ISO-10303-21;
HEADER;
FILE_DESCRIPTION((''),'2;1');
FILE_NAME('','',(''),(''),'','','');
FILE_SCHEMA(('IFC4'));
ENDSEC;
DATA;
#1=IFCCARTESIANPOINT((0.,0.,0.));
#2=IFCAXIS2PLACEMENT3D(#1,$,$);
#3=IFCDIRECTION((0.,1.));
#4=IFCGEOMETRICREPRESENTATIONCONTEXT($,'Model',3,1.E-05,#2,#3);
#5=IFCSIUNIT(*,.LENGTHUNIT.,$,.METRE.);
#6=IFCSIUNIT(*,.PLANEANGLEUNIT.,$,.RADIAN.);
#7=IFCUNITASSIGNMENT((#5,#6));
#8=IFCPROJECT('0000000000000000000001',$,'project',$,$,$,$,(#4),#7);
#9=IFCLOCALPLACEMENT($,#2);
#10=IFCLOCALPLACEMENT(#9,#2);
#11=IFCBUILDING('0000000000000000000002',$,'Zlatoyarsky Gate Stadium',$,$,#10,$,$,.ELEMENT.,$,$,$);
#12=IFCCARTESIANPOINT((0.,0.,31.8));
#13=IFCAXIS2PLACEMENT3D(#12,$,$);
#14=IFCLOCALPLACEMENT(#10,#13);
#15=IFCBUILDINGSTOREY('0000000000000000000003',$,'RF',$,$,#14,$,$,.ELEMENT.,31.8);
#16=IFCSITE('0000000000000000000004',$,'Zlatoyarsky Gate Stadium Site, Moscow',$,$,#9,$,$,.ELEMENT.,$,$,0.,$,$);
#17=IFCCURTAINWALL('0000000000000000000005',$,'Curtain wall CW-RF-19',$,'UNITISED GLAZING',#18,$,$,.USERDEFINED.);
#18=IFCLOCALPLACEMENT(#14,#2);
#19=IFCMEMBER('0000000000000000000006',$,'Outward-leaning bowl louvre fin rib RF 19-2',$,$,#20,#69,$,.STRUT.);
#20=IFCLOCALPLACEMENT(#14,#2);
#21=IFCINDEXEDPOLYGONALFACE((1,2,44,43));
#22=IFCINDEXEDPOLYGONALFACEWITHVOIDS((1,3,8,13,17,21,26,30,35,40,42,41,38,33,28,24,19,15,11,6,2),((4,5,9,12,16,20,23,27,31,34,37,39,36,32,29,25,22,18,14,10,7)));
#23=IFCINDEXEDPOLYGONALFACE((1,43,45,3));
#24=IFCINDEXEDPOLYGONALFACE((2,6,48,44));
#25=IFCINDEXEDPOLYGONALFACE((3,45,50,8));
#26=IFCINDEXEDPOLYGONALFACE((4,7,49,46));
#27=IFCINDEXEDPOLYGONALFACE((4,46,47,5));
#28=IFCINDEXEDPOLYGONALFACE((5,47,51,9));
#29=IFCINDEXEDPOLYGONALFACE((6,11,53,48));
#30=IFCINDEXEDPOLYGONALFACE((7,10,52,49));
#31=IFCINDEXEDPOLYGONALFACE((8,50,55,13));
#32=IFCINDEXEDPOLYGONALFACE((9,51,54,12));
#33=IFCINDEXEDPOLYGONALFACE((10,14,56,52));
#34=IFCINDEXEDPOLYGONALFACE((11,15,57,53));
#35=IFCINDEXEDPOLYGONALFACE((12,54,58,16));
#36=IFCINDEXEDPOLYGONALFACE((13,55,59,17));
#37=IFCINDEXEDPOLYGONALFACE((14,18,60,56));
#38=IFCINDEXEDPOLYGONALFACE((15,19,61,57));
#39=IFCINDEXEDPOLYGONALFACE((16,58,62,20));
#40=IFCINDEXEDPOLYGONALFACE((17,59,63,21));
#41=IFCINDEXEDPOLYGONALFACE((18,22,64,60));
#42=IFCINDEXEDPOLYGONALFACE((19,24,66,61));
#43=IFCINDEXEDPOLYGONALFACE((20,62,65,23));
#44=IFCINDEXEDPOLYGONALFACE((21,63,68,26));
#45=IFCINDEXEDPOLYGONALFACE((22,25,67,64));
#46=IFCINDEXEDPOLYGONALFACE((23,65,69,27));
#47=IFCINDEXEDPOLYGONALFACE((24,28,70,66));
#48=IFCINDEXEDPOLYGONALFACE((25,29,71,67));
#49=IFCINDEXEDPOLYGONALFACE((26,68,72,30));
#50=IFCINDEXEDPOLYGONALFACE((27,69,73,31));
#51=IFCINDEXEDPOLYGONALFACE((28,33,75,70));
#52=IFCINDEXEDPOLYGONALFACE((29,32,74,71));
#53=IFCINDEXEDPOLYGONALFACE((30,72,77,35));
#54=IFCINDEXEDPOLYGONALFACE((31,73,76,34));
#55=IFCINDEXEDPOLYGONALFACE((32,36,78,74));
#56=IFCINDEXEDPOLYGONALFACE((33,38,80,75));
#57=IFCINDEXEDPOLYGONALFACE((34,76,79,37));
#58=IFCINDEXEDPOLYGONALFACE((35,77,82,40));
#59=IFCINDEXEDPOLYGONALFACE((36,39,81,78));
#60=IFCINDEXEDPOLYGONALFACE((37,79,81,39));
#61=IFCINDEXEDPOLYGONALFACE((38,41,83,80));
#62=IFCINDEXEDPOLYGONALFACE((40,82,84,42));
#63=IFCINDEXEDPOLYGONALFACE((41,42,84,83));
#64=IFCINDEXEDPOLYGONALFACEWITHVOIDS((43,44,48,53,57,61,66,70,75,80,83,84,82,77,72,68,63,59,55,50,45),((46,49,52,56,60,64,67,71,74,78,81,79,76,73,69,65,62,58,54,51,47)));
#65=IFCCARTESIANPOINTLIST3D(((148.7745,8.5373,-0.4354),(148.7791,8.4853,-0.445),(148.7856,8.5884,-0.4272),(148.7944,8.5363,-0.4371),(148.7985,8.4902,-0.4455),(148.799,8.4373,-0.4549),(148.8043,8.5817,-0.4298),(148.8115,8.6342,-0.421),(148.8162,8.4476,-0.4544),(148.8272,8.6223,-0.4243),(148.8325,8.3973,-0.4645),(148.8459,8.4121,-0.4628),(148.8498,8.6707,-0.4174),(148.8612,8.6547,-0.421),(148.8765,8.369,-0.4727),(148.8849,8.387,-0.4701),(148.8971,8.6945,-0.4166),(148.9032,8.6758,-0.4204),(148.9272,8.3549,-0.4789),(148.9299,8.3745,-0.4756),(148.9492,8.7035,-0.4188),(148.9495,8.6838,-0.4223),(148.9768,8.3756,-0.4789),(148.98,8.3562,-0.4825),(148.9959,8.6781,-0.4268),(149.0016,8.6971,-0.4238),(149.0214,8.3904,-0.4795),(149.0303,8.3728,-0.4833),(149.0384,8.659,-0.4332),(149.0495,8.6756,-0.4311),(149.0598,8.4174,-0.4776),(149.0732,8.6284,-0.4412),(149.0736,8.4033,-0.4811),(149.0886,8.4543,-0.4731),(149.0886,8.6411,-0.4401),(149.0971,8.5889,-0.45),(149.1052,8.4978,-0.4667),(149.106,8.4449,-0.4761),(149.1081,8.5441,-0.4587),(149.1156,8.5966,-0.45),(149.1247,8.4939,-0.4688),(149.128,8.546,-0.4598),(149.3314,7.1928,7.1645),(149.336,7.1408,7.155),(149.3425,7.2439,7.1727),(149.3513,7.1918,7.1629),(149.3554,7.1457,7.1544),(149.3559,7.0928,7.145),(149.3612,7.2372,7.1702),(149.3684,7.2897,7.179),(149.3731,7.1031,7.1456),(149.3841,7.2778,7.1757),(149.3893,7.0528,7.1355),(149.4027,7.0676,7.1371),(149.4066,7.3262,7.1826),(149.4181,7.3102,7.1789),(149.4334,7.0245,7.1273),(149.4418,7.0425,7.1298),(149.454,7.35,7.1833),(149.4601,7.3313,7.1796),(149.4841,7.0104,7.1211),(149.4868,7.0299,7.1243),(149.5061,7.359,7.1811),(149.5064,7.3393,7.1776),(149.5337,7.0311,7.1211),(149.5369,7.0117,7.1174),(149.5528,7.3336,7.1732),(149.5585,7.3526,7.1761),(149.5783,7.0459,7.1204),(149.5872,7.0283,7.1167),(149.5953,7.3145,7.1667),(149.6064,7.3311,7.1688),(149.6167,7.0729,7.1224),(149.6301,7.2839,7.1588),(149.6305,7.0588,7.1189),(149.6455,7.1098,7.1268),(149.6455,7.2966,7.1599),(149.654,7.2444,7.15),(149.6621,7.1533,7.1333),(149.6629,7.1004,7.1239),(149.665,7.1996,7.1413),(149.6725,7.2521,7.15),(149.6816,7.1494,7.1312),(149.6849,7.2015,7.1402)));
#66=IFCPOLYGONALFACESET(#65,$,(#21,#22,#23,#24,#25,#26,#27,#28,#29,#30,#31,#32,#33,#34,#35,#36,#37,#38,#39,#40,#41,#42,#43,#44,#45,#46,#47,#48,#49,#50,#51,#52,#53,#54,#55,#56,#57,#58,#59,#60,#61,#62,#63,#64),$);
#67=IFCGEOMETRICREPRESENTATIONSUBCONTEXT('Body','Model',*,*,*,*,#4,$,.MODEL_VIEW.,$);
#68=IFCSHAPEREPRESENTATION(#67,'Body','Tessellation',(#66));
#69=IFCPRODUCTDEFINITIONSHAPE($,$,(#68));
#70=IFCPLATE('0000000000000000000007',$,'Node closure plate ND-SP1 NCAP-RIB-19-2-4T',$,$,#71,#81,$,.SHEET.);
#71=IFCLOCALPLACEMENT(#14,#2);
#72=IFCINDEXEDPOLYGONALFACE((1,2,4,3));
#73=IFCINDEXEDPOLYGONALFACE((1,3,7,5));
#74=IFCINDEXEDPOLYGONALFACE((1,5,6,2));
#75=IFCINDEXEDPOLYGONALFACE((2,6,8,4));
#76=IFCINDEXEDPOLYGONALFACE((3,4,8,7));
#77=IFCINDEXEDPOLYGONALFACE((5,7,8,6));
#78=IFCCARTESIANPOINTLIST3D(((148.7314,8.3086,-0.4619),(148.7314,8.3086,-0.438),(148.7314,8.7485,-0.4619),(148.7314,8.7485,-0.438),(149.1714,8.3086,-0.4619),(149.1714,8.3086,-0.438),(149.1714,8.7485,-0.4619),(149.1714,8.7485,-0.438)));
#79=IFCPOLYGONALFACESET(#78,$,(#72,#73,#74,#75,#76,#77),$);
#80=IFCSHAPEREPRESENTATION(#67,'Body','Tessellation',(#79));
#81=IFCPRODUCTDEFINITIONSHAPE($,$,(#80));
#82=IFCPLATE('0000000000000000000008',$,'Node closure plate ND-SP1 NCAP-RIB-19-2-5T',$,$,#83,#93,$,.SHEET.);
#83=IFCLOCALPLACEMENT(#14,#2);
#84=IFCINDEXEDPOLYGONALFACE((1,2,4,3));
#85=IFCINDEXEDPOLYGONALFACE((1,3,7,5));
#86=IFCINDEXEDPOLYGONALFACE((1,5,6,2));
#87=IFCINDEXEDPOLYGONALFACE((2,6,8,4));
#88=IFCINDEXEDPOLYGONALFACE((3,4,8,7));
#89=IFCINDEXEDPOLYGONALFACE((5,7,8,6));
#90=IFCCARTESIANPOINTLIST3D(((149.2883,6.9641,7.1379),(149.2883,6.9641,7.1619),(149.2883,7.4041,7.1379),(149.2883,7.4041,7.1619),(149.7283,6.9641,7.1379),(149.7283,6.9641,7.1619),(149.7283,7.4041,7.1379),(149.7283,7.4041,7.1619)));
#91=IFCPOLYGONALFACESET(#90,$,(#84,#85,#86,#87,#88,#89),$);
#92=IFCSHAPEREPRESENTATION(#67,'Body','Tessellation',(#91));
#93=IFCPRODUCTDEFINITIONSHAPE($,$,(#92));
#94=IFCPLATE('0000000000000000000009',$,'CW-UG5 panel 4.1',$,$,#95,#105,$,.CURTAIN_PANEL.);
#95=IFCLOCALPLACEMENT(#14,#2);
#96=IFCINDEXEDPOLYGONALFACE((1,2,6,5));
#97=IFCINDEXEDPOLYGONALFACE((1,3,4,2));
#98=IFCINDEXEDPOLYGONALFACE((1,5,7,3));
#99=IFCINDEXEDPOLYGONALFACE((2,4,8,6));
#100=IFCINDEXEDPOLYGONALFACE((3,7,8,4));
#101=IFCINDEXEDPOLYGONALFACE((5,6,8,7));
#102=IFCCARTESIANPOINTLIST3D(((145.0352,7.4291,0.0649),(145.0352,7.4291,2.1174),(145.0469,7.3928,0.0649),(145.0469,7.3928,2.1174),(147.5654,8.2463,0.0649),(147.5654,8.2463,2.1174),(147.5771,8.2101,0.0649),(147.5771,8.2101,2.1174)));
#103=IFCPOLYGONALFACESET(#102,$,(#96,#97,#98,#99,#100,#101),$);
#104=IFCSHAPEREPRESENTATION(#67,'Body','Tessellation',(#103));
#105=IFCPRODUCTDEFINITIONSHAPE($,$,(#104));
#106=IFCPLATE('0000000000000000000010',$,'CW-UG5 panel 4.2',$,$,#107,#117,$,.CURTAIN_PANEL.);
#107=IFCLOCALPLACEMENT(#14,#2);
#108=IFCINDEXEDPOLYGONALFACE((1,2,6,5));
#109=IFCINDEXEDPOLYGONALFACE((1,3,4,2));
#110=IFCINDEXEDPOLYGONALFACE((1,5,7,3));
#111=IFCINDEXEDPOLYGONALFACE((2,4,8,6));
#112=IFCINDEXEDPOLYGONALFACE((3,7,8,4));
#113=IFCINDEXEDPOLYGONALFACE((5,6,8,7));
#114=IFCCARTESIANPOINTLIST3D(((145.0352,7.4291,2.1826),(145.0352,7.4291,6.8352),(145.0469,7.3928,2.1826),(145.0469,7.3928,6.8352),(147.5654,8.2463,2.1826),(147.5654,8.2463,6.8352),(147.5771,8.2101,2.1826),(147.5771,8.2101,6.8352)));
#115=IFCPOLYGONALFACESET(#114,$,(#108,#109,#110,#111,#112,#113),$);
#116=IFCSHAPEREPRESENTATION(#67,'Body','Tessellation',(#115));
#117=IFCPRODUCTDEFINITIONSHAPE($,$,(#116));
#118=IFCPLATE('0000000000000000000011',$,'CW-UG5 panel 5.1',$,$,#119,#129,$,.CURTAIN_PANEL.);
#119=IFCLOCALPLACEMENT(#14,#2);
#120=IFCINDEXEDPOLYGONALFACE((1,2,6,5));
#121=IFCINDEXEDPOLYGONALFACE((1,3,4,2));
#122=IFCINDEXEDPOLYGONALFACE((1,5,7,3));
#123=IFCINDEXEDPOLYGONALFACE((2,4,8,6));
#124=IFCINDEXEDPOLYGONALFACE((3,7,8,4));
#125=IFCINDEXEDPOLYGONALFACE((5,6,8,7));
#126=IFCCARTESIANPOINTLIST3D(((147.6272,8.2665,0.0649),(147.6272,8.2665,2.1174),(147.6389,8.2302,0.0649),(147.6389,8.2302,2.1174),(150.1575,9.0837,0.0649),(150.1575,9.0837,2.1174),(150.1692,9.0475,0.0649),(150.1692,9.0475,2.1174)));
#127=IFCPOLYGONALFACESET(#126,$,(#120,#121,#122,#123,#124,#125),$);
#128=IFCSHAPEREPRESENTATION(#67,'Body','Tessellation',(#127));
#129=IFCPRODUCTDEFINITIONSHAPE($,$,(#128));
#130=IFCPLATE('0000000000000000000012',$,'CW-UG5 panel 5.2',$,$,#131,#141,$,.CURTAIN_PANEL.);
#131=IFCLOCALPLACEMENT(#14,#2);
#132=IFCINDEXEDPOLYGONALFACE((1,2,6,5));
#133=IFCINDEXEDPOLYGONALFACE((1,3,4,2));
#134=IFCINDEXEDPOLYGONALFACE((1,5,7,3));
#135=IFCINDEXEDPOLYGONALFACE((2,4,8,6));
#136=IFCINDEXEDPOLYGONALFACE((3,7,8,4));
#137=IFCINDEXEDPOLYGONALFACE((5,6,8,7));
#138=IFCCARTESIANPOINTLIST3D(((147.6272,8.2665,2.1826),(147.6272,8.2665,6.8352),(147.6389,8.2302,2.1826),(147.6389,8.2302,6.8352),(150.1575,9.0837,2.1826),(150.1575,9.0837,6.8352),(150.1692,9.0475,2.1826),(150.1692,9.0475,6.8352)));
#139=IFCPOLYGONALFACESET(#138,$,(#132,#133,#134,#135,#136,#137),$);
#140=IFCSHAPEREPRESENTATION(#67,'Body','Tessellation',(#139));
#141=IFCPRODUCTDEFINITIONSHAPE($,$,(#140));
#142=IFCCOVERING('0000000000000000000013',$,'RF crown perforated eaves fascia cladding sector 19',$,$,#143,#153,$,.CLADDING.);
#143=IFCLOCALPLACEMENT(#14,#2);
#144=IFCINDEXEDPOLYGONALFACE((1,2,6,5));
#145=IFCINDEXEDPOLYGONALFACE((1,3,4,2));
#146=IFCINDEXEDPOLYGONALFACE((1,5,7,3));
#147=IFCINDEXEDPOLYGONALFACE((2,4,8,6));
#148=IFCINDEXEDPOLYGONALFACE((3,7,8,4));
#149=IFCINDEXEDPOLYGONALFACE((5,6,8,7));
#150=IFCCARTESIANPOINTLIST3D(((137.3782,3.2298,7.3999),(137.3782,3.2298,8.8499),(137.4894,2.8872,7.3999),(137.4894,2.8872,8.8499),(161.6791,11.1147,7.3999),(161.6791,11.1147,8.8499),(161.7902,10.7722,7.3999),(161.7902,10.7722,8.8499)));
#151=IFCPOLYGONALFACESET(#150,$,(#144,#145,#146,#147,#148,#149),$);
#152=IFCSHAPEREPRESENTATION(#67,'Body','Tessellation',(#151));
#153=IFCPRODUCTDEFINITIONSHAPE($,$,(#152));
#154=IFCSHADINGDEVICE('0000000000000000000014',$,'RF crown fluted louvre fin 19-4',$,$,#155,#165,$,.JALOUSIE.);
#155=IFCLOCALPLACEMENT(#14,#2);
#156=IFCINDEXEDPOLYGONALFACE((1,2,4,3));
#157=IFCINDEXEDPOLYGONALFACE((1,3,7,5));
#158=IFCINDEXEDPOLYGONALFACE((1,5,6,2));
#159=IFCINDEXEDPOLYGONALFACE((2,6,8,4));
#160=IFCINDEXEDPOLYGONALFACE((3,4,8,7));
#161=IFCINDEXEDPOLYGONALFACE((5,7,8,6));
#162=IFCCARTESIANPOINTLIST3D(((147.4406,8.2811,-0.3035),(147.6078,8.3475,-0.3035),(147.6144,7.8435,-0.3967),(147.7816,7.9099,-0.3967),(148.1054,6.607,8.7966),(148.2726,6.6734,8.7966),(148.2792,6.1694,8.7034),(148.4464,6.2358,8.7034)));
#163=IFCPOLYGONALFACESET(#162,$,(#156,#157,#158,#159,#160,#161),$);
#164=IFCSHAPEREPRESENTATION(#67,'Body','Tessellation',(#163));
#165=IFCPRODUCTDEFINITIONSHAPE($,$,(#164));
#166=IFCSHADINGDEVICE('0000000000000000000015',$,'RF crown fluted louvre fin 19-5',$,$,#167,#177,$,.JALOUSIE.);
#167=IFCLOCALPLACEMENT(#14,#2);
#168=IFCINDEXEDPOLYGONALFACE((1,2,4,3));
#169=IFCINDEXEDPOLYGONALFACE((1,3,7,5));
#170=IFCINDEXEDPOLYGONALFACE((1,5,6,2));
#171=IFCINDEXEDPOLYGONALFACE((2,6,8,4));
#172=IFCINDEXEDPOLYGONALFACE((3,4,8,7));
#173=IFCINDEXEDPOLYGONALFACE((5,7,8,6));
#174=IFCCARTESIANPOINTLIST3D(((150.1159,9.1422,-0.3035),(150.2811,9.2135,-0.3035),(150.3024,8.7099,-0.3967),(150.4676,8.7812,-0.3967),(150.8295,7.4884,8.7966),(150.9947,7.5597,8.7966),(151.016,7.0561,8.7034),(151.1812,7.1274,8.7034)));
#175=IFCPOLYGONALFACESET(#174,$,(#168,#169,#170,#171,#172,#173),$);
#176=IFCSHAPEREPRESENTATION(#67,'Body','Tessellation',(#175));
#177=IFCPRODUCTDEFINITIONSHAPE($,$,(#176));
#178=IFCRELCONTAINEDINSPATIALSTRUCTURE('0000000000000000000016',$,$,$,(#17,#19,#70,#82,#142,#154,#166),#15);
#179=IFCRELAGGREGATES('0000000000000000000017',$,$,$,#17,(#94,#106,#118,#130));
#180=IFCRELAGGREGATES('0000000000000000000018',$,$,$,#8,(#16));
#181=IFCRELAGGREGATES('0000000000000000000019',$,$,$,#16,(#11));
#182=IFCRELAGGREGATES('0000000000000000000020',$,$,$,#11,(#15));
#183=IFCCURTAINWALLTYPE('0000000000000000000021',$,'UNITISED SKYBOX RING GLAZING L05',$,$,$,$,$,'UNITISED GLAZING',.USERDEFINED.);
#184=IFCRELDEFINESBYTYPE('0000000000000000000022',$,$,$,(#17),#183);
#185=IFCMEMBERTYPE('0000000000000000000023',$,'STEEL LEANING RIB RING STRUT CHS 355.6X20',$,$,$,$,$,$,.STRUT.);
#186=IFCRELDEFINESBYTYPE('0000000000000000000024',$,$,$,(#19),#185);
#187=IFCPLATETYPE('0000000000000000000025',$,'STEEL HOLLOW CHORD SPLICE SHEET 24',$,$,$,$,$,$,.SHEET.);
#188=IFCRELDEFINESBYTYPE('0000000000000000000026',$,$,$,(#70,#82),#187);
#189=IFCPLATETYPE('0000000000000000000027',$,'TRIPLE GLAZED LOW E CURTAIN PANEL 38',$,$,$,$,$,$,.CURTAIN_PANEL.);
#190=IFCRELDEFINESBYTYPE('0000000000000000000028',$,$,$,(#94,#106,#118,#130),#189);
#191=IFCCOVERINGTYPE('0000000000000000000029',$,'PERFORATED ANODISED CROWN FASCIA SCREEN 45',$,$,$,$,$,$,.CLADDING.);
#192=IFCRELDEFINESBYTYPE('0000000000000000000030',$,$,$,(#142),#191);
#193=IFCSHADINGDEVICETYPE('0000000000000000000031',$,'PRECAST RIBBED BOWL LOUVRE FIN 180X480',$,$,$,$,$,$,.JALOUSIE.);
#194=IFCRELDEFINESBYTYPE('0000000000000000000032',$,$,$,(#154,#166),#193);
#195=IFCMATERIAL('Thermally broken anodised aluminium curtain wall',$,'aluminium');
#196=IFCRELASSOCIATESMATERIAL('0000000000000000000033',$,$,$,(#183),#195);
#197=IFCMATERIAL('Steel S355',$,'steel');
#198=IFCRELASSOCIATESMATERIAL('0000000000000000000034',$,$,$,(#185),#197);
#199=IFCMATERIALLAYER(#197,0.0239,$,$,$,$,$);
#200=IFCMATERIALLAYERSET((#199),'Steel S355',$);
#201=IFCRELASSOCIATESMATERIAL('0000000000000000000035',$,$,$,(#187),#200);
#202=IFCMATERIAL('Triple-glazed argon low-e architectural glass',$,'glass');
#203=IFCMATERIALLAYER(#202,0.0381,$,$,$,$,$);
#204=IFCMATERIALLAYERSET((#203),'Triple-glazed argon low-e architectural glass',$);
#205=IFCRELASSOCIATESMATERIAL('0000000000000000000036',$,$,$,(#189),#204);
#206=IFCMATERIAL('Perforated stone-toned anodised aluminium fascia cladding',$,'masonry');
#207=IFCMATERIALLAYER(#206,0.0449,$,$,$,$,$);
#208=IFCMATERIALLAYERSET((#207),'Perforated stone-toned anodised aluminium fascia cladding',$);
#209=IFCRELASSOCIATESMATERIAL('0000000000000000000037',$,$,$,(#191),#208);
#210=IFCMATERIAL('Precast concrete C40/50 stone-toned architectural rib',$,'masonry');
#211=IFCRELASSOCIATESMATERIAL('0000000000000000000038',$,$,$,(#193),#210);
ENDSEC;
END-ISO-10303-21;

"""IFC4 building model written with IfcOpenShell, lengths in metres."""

from ifc_helpers import new_model, si_unit, direction, frame, origin, origin_2d, place, context, subcontext, project, spatial, rectangle, hollow_circle, extrude, material, layer, layer_set, material_profile, profile_set, type_object, element, aggregate, save


model = new_model("IFC4")

# Units and contexts
model_context = context("Model", 3, precision=1e-05, world=origin(), true_north=direction((0.0, 1.0)))
body_context = subcontext(model_context, "Body", "Model", "MODEL_VIEW")
ifc_project = project(units=[si_unit("LENGTHUNIT", "METRE"), si_unit("PLANEANGLEUNIT", "RADIAN")], contexts=[model_context])

# Site, building, storey
site_placement = place(None, origin())
site = spatial("IfcSite", under=ifc_project, at=site_placement, Name="Zlatoyarsky Gate Stadium Site, Moscow", CompositionType="ELEMENT", RefElevation=0.0)
building_placement = place(site_placement, origin())
building = spatial("IfcBuilding", under=site, at=building_placement, Name="Zlatoyarsky Gate Stadium", CompositionType="ELEMENT")
storey_placement = place(building_placement, frame((0.0, 0.0, 31.8)))
storey = spatial("IfcBuildingStorey", under=building, at=storey_placement, Name="RF", CompositionType="ELEMENT", Elevation=31.8)

# Curtain wall
ifc_material_1 = material(Name="Thermally broken anodised aluminium curtain wall", Category="aluminium")
curtain_wall_type = type_object("IfcCurtainWallType", Name="UNITISED SKYBOX RING GLAZING L05", ElementType="UNITISED GLAZING", PredefinedType="USERDEFINED", material=ifc_material_1)
curtain_wall_placement = place(storey_placement, origin())
curtain_wall = element("IfcCurtainWall", 1, at=curtain_wall_placement, inside=storey, type_object=curtain_wall_type, Name="Curtain wall CW-RF-19", ObjectType="UNITISED GLAZING", PredefinedType="USERDEFINED")

# Member
ifc_material_2 = material(Name="Steel S355", Category="steel")
ifc_material_profile_1 = material_profile(ifc_material_2, hollow_circle(Radius=0.1777, WallThickness=0.02, at=origin_2d()), Name="CHS 355.6X20")
ifc_profile_set_1 = profile_set([ifc_material_profile_1], Name="Steel S355")
member_type_1 = type_object("IfcMemberType", Name="STEEL LEANING RIB RING STRUT CHS 355.6X20", PredefinedType="STRUT", material=ifc_profile_set_1)
member_1_placement = place(storey_placement, frame((148.9514, 8.5286, -0.45), z_axis=(0.071968, -0.173752, 0.982156), x_axis=(0.923884, 0.382673, 0.0)))
element("IfcMember", 2, at=member_1_placement, inside=storey, type_object=member_type_1, Name="Outward-leaning bowl louvre fin rib RF 19-2", PredefinedType="STRUT", context=body_context, shape_type="SweptSolid", body=[
    extrude(hollow_circle(Radius=0.1777, WallThickness=0.02, at=origin_2d()), origin(), (0.0, 0.0, 1.0), 7.738),
])

# Plates
ifc_layer_1 = layer(ifc_material_2, 0.0239)
ifc_layer_set_1 = layer_set([ifc_layer_1], Name="Steel S355")
plate_type_1 = type_object("IfcPlateType", Name="STEEL HOLLOW CHORD SPLICE SHEET 24", PredefinedType="SHEET", material=ifc_layer_set_1)
for number, where, z_axis, x_axis, name in (
    (3, (148.9514, 8.5286, -0.4619), (0.0, 0.0, 1.0), (1.0, 0.0, 0.0), "Node closure plate ND-SP1 NCAP-RIB-19-2-4T"),
    (4, (149.5083, 7.1841, 7.1379), (0.0, 0.0, 1.0), (1.0, 0.0, 0.0), "Node closure plate ND-SP1 NCAP-RIB-19-2-5T"),
):
    element("IfcPlate", number, at=place(storey_placement, frame(where, z_axis=z_axis, x_axis=x_axis)), inside=storey, type_object=plate_type_1, Name=name, PredefinedType="SHEET", context=body_context, shape_type="SweptSolid", body=[
        extrude(rectangle(XDim=0.4399, YDim=0.4399, at=origin_2d()), origin(), (0.0, 0.0, 1.0), 0.0239),
    ])

# Plates
ifc_material_3 = material(Name="Triple-glazed argon low-e architectural glass", Category="glass")
ifc_layer_2 = layer(ifc_material_3, 0.0381)
ifc_layer_set_2 = layer_set([ifc_layer_2], Name="Triple-glazed argon low-e architectural glass")
plate_type_2 = type_object("IfcPlateType", Name="TRIPLE GLAZED LOW E CURTAIN PANEL 38", PredefinedType="CURTAIN_PANEL", material=ifc_layer_set_2)
plate_1_placement = place(storey_placement, frame((146.3062, 7.8196, 0.0649), z_axis=(0.0, 0.0, 1.0), x_axis=(0.951596, 0.307352, 0.0)))
plate_1 = element("IfcPlate", 5, at=plate_1_placement, type_object=plate_type_2, Name="CW-UG5 panel 4.1", PredefinedType="CURTAIN_PANEL", context=body_context, shape_type="SweptSolid", body=[
    extrude(rectangle(XDim=2.6589, YDim=0.0381, at=origin_2d()), origin(), (0.0, 0.0, 1.0), 2.0525),
])
plate_2_placement = place(storey_placement, frame((146.3062, 7.8196, 2.1826), z_axis=(0.0, 0.0, 1.0), x_axis=(0.951596, 0.307352, 0.0)))
plate_2 = element("IfcPlate", 6, at=plate_2_placement, type_object=plate_type_2, Name="CW-UG5 panel 4.2", PredefinedType="CURTAIN_PANEL", context=body_context, shape_type="SweptSolid", body=[
    extrude(rectangle(XDim=2.6589, YDim=0.0381, at=origin_2d()), origin(), (0.0, 0.0, 1.0), 4.6526),
])
plate_3_placement = place(storey_placement, frame((148.8982, 8.657, 0.0649), z_axis=(0.0, 0.0, 1.0), x_axis=(0.951596, 0.307352, 0.0)))
plate_3 = element("IfcPlate", 7, at=plate_3_placement, type_object=plate_type_2, Name="CW-UG5 panel 5.1", PredefinedType="CURTAIN_PANEL", context=body_context, shape_type="SweptSolid", body=[
    extrude(rectangle(XDim=2.6589, YDim=0.0381, at=origin_2d()), origin(), (0.0, 0.0, 1.0), 2.0525),
])
plate_4_placement = place(storey_placement, frame((148.8982, 8.657, 2.1826), z_axis=(0.0, 0.0, 1.0), x_axis=(0.951596, 0.307352, 0.0)))
plate_4 = element("IfcPlate", 8, at=plate_4_placement, type_object=plate_type_2, Name="CW-UG5 panel 5.2", PredefinedType="CURTAIN_PANEL", context=body_context, shape_type="SweptSolid", body=[
    extrude(rectangle(XDim=2.6589, YDim=0.0381, at=origin_2d()), origin(), (0.0, 0.0, 1.0), 4.6526),
])
aggregate(curtain_wall, [plate_1, plate_2, plate_3, plate_4])

# Covering
ifc_material_4 = material(Name="Perforated stone-toned anodised aluminium fascia cladding", Category="masonry")
ifc_layer_3 = layer(ifc_material_4, 0.0449)
ifc_layer_set_3 = layer_set([ifc_layer_3], Name="Perforated stone-toned anodised aluminium fascia cladding")
covering_type = type_object("IfcCoveringType", Name="PERFORATED ANODISED CROWN FASCIA SCREEN 45", PredefinedType="CLADDING", material=ifc_layer_set_3)
covering_placement = place(storey_placement, frame((149.5842, 7.001, 7.3999), z_axis=(0.0, 0.0, 1.0), x_axis=(0.951181, 0.308633, 0.0)))
element("IfcCovering", 9, at=covering_placement, inside=storey, type_object=covering_type, Name="RF crown perforated eaves fascia cladding sector 19", PredefinedType="CLADDING", context=body_context, shape_type="SweptSolid", body=[
    extrude(rectangle(XDim=25.5481, YDim=0.3601, at=origin_2d()), origin(), (0.0, 0.0, 1.0), 1.45),
])

# Shading devices
ifc_material_5 = material(Name="Precast concrete C40/50 stone-toned architectural rib", Category="masonry")
ifc_material_profile_2 = material_profile(ifc_material_5, rectangle(XDim=0.1799, YDim=0.48, at=origin_2d()), Name="RIB 180X480")
ifc_profile_set_2 = profile_set([ifc_material_profile_2], Name="Precast concrete C40/50 stone-toned architectural rib")
shading_device_type = type_object("IfcShadingDeviceType", Name="PRECAST RIBBED BOWL LOUVRE FIN 180X480", PredefinedType="JALOUSIE", material=ifc_profile_set_2)
for number, where, z_axis, x_axis, name in (
    (10, (147.6111, 8.0955, -0.3501), (0.071663, -0.180461, 0.980968), (0.929399, 0.369076, 0.0), "RF crown fluted louvre fin 19-4"),
    (11, (150.2917, 8.9617, -0.3501), (0.076927, -0.178277, 0.980969), (0.918168, 0.396192, 0.0), "RF crown fluted louvre fin 19-5"),
):
    element("IfcShadingDevice", number, at=place(storey_placement, frame(where, z_axis=z_axis, x_axis=x_axis)), inside=storey, type_object=shading_device_type, Name=name, PredefinedType="JALOUSIE", context=body_context, shape_type="SweptSolid", body=[
        extrude(rectangle(XDim=0.1799, YDim=0.48, at=origin_2d()), origin(), (0.0, 0.0, 1.0), 9.2766),
    ])

save(model, "model.ifc")
